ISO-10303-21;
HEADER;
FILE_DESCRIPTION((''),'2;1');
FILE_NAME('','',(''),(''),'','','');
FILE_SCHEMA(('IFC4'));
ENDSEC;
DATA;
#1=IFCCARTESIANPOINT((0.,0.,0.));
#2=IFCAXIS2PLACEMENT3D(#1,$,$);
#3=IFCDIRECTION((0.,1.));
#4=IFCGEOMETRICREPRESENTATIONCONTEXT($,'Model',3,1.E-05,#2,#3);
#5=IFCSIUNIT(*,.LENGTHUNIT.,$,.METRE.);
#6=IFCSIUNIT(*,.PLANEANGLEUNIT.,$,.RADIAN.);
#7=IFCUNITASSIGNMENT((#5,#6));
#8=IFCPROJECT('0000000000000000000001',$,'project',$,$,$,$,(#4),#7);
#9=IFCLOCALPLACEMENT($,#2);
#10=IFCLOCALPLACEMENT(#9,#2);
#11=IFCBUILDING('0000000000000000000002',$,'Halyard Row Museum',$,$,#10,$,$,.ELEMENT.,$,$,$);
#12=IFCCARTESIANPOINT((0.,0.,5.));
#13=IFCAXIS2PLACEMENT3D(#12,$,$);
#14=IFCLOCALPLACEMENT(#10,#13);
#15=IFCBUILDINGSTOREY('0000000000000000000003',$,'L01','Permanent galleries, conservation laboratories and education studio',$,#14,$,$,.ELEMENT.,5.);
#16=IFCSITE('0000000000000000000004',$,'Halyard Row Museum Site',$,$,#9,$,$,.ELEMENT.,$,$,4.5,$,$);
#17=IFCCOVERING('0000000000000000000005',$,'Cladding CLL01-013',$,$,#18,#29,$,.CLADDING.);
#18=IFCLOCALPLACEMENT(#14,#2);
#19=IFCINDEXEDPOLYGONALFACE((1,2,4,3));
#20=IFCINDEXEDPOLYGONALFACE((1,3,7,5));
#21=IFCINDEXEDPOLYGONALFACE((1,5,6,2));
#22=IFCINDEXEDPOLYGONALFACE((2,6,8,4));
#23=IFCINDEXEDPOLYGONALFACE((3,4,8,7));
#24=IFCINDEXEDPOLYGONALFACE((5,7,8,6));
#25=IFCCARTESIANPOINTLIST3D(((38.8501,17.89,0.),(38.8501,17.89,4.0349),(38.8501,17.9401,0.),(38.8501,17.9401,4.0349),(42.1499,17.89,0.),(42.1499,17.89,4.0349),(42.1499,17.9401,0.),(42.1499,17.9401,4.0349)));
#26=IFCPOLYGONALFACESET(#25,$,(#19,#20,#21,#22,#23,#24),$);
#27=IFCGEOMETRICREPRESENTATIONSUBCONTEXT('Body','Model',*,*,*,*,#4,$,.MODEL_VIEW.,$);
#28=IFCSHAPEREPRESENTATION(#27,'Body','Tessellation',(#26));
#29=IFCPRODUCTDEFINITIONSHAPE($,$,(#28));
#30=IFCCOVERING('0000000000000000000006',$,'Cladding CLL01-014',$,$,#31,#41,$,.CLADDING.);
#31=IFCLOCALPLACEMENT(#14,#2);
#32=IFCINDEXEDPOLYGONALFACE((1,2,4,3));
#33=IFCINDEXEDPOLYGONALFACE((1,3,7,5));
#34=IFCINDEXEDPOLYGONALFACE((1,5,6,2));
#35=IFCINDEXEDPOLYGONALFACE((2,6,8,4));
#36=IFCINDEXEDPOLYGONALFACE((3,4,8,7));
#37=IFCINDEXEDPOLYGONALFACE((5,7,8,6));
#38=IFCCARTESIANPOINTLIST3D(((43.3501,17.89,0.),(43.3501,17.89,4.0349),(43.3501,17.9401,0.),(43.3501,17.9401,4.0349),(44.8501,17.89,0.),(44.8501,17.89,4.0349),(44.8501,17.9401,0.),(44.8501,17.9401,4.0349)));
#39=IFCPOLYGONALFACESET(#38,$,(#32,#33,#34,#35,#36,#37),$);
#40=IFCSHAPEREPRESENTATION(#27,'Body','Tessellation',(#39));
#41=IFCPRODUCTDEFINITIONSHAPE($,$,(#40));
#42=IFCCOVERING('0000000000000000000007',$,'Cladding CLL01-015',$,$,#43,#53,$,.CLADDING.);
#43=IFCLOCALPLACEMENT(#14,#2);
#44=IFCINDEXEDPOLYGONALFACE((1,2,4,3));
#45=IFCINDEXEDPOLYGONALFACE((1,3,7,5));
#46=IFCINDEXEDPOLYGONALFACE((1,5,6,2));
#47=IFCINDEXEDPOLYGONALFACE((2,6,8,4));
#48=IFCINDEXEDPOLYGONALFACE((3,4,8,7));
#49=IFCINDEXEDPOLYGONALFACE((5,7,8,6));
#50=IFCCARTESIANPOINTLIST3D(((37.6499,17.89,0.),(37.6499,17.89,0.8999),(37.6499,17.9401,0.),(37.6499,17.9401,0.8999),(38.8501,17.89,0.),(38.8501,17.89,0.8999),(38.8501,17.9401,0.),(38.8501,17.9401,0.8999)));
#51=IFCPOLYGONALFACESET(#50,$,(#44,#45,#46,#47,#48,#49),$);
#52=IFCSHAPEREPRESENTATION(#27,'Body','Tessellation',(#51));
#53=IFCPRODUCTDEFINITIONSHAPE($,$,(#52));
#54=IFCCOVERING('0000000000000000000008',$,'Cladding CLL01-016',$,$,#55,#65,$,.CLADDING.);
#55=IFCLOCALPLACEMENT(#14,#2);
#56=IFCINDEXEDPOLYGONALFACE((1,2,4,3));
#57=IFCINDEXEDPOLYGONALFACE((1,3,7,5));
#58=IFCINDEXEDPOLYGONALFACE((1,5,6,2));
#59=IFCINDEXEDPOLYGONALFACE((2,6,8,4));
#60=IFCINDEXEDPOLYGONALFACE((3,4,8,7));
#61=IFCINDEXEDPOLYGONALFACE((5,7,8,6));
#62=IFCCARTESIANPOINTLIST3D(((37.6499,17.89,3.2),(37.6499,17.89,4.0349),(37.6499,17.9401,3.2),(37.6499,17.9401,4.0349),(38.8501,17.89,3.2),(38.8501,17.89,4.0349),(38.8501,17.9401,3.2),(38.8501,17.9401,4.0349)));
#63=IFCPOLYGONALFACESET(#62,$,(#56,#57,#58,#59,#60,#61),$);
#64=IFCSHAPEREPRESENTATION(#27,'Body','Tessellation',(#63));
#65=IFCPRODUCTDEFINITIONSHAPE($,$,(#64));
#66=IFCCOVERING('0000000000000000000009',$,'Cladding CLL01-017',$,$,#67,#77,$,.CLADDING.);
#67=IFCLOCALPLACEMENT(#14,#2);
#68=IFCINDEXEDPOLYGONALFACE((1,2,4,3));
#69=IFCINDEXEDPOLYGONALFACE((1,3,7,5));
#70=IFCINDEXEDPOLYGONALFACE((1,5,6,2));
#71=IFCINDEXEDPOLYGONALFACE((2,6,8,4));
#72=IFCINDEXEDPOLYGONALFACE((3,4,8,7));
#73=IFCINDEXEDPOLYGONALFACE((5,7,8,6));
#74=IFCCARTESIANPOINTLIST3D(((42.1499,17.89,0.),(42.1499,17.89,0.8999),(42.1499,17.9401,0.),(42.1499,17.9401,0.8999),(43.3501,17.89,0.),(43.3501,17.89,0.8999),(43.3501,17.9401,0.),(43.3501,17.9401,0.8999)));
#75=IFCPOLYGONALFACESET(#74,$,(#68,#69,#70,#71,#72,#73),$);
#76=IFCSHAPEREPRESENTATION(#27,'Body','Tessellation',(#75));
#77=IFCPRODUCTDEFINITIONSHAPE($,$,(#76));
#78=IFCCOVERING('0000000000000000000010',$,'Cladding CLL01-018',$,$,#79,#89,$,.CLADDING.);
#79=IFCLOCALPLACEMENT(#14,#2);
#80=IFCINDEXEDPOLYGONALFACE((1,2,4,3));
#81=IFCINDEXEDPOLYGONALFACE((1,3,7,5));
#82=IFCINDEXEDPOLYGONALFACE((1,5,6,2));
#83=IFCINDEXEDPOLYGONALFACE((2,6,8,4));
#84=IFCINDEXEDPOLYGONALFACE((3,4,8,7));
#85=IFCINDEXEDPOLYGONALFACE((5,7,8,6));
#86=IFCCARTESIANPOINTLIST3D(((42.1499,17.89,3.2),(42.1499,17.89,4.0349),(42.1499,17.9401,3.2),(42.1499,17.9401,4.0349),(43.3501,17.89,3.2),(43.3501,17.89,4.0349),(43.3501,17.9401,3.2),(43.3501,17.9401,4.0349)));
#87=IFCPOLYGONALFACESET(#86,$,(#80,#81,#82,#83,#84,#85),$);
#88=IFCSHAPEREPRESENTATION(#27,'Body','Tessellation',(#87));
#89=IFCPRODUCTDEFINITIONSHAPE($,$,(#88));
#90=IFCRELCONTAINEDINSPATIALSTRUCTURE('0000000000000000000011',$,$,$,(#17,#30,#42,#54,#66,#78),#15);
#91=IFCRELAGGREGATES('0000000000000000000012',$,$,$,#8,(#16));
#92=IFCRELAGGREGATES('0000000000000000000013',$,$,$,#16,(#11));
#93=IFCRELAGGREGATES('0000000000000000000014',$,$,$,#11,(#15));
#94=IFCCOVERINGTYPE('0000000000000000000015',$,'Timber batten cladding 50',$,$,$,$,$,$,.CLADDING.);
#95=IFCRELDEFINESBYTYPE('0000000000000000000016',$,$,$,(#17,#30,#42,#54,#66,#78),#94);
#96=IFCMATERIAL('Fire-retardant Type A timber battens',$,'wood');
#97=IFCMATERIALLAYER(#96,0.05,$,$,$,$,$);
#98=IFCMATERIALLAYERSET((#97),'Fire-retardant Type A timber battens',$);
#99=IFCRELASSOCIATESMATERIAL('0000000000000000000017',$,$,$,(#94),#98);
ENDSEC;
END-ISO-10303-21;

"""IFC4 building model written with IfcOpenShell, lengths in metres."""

from ifc_helpers import new_model, si_unit, direction, frame, frame_2d, origin, place, context, subcontext, project, spatial, rectangle, extrude, material, layer, layer_set, type_object, element, save


model = new_model("IFC4")

# Units and contexts
model_context = context("Model", 3, precision=1e-05, world=origin(), true_north=direction((0.0, 1.0)))
body_context = subcontext(model_context, "Body", "Model", "MODEL_VIEW")
ifc_project = project(units=[si_unit("LENGTHUNIT", "METRE"), si_unit("PLANEANGLEUNIT", "RADIAN")], contexts=[model_context])

# Site, building, storey
site_placement = place(None, origin())
site = spatial("IfcSite", under=ifc_project, at=site_placement, Name="Halyard Row Museum Site", CompositionType="ELEMENT", RefElevation=4.5)
building_placement = place(site_placement, origin())
building = spatial("IfcBuilding", under=site, at=building_placement, Name="Halyard Row Museum", CompositionType="ELEMENT")
storey_placement = place(building_placement, frame((0.0, 0.0, 5.0)))
storey = spatial("IfcBuildingStorey", under=building, at=storey_placement, Name="L01", Description="Permanent galleries, conservation laboratories and education studio", CompositionType="ELEMENT", Elevation=5.0)

# Coverings
ifc_material_1 = material(Name="Fire-retardant Type A timber battens", Category="wood")
ifc_layer_1 = layer(ifc_material_1, 0.05)
ifc_layer_set_1 = layer_set([ifc_layer_1], Name="Fire-retardant Type A timber battens")
covering_type = type_object("IfcCoveringType", Name="Timber batten cladding 50", PredefinedType="CLADDING", material=ifc_layer_set_1)
covering_1_placement = place(storey_placement, frame((38.8501, 17.915, 0.0), z_axis=(0.0, 0.0, 1.0), x_axis=(1.0, 0.0, 0.0)))
element("IfcCovering", 1, at=covering_1_placement, inside=storey, type_object=covering_type, Name="Cladding CLL01-013", PredefinedType="CLADDING", context=body_context, shape_type="SweptSolid", body=[
    extrude(rectangle(XDim=3.2998, YDim=0.05, at=frame_2d((1.6499, 0.0))), origin(), (0.0, 0.0, 1.0), 4.0349),
])
covering_2_placement = place(storey_placement, frame((43.3501, 17.915, 0.0), z_axis=(0.0, 0.0, 1.0), x_axis=(1.0, 0.0, 0.0)))
element("IfcCovering", 2, at=covering_2_placement, inside=storey, type_object=covering_type, Name="Cladding CLL01-014", PredefinedType="CLADDING", context=body_context, shape_type="SweptSolid", body=[
    extrude(rectangle(XDim=1.5, YDim=0.05, at=frame_2d((0.75, 0.0))), origin(), (0.0, 0.0, 1.0), 4.0349),
])
covering_3_placement = place(storey_placement, frame((37.6499, 17.915, 0.0), z_axis=(0.0, 0.0, 1.0), x_axis=(1.0, 0.0, 0.0)))
element("IfcCovering", 3, at=covering_3_placement, inside=storey, type_object=covering_type, Name="Cladding CLL01-015", PredefinedType="CLADDING", context=body_context, shape_type="SweptSolid", body=[
    extrude(rectangle(XDim=1.2002, YDim=0.05, at=frame_2d((0.6001, 0.0))), origin(), (0.0, 0.0, 1.0), 0.8999),
])
covering_4_placement = place(storey_placement, frame((37.6499, 17.915, 3.2), z_axis=(0.0, 0.0, 1.0), x_axis=(1.0, 0.0, 0.0)))
element("IfcCovering", 4, at=covering_4_placement, inside=storey, type_object=covering_type, Name="Cladding CLL01-016", PredefinedType="CLADDING", context=body_context, shape_type="SweptSolid", body=[
    extrude(rectangle(XDim=1.2002, YDim=0.05, at=frame_2d((0.6001, 0.0))), origin(), (0.0, 0.0, 1.0), 0.835),
])
covering_5_placement = place(storey_placement, frame((42.1499, 17.915, 0.0), z_axis=(0.0, 0.0, 1.0), x_axis=(1.0, 0.0, 0.0)))
element("IfcCovering", 5, at=covering_5_placement, inside=storey, type_object=covering_type, Name="Cladding CLL01-017", PredefinedType="CLADDING", context=body_context, shape_type="SweptSolid", body=[
    extrude(rectangle(XDim=1.2002, YDim=0.05, at=frame_2d((0.6001, 0.0))), origin(), (0.0, 0.0, 1.0), 0.8999),
])
covering_6_placement = place(storey_placement, frame((42.1499, 17.915, 3.2), z_axis=(0.0, 0.0, 1.0), x_axis=(1.0, 0.0, 0.0)))
element("IfcCovering", 6, at=covering_6_placement, inside=storey, type_object=covering_type, Name="Cladding CLL01-018", PredefinedType="CLADDING", context=body_context, shape_type="SweptSolid", body=[
    extrude(rectangle(XDim=1.2002, YDim=0.05, at=frame_2d((0.6001, 0.0))), origin(), (0.0, 0.0, 1.0), 0.835),
])

save(model, "model.ifc")
